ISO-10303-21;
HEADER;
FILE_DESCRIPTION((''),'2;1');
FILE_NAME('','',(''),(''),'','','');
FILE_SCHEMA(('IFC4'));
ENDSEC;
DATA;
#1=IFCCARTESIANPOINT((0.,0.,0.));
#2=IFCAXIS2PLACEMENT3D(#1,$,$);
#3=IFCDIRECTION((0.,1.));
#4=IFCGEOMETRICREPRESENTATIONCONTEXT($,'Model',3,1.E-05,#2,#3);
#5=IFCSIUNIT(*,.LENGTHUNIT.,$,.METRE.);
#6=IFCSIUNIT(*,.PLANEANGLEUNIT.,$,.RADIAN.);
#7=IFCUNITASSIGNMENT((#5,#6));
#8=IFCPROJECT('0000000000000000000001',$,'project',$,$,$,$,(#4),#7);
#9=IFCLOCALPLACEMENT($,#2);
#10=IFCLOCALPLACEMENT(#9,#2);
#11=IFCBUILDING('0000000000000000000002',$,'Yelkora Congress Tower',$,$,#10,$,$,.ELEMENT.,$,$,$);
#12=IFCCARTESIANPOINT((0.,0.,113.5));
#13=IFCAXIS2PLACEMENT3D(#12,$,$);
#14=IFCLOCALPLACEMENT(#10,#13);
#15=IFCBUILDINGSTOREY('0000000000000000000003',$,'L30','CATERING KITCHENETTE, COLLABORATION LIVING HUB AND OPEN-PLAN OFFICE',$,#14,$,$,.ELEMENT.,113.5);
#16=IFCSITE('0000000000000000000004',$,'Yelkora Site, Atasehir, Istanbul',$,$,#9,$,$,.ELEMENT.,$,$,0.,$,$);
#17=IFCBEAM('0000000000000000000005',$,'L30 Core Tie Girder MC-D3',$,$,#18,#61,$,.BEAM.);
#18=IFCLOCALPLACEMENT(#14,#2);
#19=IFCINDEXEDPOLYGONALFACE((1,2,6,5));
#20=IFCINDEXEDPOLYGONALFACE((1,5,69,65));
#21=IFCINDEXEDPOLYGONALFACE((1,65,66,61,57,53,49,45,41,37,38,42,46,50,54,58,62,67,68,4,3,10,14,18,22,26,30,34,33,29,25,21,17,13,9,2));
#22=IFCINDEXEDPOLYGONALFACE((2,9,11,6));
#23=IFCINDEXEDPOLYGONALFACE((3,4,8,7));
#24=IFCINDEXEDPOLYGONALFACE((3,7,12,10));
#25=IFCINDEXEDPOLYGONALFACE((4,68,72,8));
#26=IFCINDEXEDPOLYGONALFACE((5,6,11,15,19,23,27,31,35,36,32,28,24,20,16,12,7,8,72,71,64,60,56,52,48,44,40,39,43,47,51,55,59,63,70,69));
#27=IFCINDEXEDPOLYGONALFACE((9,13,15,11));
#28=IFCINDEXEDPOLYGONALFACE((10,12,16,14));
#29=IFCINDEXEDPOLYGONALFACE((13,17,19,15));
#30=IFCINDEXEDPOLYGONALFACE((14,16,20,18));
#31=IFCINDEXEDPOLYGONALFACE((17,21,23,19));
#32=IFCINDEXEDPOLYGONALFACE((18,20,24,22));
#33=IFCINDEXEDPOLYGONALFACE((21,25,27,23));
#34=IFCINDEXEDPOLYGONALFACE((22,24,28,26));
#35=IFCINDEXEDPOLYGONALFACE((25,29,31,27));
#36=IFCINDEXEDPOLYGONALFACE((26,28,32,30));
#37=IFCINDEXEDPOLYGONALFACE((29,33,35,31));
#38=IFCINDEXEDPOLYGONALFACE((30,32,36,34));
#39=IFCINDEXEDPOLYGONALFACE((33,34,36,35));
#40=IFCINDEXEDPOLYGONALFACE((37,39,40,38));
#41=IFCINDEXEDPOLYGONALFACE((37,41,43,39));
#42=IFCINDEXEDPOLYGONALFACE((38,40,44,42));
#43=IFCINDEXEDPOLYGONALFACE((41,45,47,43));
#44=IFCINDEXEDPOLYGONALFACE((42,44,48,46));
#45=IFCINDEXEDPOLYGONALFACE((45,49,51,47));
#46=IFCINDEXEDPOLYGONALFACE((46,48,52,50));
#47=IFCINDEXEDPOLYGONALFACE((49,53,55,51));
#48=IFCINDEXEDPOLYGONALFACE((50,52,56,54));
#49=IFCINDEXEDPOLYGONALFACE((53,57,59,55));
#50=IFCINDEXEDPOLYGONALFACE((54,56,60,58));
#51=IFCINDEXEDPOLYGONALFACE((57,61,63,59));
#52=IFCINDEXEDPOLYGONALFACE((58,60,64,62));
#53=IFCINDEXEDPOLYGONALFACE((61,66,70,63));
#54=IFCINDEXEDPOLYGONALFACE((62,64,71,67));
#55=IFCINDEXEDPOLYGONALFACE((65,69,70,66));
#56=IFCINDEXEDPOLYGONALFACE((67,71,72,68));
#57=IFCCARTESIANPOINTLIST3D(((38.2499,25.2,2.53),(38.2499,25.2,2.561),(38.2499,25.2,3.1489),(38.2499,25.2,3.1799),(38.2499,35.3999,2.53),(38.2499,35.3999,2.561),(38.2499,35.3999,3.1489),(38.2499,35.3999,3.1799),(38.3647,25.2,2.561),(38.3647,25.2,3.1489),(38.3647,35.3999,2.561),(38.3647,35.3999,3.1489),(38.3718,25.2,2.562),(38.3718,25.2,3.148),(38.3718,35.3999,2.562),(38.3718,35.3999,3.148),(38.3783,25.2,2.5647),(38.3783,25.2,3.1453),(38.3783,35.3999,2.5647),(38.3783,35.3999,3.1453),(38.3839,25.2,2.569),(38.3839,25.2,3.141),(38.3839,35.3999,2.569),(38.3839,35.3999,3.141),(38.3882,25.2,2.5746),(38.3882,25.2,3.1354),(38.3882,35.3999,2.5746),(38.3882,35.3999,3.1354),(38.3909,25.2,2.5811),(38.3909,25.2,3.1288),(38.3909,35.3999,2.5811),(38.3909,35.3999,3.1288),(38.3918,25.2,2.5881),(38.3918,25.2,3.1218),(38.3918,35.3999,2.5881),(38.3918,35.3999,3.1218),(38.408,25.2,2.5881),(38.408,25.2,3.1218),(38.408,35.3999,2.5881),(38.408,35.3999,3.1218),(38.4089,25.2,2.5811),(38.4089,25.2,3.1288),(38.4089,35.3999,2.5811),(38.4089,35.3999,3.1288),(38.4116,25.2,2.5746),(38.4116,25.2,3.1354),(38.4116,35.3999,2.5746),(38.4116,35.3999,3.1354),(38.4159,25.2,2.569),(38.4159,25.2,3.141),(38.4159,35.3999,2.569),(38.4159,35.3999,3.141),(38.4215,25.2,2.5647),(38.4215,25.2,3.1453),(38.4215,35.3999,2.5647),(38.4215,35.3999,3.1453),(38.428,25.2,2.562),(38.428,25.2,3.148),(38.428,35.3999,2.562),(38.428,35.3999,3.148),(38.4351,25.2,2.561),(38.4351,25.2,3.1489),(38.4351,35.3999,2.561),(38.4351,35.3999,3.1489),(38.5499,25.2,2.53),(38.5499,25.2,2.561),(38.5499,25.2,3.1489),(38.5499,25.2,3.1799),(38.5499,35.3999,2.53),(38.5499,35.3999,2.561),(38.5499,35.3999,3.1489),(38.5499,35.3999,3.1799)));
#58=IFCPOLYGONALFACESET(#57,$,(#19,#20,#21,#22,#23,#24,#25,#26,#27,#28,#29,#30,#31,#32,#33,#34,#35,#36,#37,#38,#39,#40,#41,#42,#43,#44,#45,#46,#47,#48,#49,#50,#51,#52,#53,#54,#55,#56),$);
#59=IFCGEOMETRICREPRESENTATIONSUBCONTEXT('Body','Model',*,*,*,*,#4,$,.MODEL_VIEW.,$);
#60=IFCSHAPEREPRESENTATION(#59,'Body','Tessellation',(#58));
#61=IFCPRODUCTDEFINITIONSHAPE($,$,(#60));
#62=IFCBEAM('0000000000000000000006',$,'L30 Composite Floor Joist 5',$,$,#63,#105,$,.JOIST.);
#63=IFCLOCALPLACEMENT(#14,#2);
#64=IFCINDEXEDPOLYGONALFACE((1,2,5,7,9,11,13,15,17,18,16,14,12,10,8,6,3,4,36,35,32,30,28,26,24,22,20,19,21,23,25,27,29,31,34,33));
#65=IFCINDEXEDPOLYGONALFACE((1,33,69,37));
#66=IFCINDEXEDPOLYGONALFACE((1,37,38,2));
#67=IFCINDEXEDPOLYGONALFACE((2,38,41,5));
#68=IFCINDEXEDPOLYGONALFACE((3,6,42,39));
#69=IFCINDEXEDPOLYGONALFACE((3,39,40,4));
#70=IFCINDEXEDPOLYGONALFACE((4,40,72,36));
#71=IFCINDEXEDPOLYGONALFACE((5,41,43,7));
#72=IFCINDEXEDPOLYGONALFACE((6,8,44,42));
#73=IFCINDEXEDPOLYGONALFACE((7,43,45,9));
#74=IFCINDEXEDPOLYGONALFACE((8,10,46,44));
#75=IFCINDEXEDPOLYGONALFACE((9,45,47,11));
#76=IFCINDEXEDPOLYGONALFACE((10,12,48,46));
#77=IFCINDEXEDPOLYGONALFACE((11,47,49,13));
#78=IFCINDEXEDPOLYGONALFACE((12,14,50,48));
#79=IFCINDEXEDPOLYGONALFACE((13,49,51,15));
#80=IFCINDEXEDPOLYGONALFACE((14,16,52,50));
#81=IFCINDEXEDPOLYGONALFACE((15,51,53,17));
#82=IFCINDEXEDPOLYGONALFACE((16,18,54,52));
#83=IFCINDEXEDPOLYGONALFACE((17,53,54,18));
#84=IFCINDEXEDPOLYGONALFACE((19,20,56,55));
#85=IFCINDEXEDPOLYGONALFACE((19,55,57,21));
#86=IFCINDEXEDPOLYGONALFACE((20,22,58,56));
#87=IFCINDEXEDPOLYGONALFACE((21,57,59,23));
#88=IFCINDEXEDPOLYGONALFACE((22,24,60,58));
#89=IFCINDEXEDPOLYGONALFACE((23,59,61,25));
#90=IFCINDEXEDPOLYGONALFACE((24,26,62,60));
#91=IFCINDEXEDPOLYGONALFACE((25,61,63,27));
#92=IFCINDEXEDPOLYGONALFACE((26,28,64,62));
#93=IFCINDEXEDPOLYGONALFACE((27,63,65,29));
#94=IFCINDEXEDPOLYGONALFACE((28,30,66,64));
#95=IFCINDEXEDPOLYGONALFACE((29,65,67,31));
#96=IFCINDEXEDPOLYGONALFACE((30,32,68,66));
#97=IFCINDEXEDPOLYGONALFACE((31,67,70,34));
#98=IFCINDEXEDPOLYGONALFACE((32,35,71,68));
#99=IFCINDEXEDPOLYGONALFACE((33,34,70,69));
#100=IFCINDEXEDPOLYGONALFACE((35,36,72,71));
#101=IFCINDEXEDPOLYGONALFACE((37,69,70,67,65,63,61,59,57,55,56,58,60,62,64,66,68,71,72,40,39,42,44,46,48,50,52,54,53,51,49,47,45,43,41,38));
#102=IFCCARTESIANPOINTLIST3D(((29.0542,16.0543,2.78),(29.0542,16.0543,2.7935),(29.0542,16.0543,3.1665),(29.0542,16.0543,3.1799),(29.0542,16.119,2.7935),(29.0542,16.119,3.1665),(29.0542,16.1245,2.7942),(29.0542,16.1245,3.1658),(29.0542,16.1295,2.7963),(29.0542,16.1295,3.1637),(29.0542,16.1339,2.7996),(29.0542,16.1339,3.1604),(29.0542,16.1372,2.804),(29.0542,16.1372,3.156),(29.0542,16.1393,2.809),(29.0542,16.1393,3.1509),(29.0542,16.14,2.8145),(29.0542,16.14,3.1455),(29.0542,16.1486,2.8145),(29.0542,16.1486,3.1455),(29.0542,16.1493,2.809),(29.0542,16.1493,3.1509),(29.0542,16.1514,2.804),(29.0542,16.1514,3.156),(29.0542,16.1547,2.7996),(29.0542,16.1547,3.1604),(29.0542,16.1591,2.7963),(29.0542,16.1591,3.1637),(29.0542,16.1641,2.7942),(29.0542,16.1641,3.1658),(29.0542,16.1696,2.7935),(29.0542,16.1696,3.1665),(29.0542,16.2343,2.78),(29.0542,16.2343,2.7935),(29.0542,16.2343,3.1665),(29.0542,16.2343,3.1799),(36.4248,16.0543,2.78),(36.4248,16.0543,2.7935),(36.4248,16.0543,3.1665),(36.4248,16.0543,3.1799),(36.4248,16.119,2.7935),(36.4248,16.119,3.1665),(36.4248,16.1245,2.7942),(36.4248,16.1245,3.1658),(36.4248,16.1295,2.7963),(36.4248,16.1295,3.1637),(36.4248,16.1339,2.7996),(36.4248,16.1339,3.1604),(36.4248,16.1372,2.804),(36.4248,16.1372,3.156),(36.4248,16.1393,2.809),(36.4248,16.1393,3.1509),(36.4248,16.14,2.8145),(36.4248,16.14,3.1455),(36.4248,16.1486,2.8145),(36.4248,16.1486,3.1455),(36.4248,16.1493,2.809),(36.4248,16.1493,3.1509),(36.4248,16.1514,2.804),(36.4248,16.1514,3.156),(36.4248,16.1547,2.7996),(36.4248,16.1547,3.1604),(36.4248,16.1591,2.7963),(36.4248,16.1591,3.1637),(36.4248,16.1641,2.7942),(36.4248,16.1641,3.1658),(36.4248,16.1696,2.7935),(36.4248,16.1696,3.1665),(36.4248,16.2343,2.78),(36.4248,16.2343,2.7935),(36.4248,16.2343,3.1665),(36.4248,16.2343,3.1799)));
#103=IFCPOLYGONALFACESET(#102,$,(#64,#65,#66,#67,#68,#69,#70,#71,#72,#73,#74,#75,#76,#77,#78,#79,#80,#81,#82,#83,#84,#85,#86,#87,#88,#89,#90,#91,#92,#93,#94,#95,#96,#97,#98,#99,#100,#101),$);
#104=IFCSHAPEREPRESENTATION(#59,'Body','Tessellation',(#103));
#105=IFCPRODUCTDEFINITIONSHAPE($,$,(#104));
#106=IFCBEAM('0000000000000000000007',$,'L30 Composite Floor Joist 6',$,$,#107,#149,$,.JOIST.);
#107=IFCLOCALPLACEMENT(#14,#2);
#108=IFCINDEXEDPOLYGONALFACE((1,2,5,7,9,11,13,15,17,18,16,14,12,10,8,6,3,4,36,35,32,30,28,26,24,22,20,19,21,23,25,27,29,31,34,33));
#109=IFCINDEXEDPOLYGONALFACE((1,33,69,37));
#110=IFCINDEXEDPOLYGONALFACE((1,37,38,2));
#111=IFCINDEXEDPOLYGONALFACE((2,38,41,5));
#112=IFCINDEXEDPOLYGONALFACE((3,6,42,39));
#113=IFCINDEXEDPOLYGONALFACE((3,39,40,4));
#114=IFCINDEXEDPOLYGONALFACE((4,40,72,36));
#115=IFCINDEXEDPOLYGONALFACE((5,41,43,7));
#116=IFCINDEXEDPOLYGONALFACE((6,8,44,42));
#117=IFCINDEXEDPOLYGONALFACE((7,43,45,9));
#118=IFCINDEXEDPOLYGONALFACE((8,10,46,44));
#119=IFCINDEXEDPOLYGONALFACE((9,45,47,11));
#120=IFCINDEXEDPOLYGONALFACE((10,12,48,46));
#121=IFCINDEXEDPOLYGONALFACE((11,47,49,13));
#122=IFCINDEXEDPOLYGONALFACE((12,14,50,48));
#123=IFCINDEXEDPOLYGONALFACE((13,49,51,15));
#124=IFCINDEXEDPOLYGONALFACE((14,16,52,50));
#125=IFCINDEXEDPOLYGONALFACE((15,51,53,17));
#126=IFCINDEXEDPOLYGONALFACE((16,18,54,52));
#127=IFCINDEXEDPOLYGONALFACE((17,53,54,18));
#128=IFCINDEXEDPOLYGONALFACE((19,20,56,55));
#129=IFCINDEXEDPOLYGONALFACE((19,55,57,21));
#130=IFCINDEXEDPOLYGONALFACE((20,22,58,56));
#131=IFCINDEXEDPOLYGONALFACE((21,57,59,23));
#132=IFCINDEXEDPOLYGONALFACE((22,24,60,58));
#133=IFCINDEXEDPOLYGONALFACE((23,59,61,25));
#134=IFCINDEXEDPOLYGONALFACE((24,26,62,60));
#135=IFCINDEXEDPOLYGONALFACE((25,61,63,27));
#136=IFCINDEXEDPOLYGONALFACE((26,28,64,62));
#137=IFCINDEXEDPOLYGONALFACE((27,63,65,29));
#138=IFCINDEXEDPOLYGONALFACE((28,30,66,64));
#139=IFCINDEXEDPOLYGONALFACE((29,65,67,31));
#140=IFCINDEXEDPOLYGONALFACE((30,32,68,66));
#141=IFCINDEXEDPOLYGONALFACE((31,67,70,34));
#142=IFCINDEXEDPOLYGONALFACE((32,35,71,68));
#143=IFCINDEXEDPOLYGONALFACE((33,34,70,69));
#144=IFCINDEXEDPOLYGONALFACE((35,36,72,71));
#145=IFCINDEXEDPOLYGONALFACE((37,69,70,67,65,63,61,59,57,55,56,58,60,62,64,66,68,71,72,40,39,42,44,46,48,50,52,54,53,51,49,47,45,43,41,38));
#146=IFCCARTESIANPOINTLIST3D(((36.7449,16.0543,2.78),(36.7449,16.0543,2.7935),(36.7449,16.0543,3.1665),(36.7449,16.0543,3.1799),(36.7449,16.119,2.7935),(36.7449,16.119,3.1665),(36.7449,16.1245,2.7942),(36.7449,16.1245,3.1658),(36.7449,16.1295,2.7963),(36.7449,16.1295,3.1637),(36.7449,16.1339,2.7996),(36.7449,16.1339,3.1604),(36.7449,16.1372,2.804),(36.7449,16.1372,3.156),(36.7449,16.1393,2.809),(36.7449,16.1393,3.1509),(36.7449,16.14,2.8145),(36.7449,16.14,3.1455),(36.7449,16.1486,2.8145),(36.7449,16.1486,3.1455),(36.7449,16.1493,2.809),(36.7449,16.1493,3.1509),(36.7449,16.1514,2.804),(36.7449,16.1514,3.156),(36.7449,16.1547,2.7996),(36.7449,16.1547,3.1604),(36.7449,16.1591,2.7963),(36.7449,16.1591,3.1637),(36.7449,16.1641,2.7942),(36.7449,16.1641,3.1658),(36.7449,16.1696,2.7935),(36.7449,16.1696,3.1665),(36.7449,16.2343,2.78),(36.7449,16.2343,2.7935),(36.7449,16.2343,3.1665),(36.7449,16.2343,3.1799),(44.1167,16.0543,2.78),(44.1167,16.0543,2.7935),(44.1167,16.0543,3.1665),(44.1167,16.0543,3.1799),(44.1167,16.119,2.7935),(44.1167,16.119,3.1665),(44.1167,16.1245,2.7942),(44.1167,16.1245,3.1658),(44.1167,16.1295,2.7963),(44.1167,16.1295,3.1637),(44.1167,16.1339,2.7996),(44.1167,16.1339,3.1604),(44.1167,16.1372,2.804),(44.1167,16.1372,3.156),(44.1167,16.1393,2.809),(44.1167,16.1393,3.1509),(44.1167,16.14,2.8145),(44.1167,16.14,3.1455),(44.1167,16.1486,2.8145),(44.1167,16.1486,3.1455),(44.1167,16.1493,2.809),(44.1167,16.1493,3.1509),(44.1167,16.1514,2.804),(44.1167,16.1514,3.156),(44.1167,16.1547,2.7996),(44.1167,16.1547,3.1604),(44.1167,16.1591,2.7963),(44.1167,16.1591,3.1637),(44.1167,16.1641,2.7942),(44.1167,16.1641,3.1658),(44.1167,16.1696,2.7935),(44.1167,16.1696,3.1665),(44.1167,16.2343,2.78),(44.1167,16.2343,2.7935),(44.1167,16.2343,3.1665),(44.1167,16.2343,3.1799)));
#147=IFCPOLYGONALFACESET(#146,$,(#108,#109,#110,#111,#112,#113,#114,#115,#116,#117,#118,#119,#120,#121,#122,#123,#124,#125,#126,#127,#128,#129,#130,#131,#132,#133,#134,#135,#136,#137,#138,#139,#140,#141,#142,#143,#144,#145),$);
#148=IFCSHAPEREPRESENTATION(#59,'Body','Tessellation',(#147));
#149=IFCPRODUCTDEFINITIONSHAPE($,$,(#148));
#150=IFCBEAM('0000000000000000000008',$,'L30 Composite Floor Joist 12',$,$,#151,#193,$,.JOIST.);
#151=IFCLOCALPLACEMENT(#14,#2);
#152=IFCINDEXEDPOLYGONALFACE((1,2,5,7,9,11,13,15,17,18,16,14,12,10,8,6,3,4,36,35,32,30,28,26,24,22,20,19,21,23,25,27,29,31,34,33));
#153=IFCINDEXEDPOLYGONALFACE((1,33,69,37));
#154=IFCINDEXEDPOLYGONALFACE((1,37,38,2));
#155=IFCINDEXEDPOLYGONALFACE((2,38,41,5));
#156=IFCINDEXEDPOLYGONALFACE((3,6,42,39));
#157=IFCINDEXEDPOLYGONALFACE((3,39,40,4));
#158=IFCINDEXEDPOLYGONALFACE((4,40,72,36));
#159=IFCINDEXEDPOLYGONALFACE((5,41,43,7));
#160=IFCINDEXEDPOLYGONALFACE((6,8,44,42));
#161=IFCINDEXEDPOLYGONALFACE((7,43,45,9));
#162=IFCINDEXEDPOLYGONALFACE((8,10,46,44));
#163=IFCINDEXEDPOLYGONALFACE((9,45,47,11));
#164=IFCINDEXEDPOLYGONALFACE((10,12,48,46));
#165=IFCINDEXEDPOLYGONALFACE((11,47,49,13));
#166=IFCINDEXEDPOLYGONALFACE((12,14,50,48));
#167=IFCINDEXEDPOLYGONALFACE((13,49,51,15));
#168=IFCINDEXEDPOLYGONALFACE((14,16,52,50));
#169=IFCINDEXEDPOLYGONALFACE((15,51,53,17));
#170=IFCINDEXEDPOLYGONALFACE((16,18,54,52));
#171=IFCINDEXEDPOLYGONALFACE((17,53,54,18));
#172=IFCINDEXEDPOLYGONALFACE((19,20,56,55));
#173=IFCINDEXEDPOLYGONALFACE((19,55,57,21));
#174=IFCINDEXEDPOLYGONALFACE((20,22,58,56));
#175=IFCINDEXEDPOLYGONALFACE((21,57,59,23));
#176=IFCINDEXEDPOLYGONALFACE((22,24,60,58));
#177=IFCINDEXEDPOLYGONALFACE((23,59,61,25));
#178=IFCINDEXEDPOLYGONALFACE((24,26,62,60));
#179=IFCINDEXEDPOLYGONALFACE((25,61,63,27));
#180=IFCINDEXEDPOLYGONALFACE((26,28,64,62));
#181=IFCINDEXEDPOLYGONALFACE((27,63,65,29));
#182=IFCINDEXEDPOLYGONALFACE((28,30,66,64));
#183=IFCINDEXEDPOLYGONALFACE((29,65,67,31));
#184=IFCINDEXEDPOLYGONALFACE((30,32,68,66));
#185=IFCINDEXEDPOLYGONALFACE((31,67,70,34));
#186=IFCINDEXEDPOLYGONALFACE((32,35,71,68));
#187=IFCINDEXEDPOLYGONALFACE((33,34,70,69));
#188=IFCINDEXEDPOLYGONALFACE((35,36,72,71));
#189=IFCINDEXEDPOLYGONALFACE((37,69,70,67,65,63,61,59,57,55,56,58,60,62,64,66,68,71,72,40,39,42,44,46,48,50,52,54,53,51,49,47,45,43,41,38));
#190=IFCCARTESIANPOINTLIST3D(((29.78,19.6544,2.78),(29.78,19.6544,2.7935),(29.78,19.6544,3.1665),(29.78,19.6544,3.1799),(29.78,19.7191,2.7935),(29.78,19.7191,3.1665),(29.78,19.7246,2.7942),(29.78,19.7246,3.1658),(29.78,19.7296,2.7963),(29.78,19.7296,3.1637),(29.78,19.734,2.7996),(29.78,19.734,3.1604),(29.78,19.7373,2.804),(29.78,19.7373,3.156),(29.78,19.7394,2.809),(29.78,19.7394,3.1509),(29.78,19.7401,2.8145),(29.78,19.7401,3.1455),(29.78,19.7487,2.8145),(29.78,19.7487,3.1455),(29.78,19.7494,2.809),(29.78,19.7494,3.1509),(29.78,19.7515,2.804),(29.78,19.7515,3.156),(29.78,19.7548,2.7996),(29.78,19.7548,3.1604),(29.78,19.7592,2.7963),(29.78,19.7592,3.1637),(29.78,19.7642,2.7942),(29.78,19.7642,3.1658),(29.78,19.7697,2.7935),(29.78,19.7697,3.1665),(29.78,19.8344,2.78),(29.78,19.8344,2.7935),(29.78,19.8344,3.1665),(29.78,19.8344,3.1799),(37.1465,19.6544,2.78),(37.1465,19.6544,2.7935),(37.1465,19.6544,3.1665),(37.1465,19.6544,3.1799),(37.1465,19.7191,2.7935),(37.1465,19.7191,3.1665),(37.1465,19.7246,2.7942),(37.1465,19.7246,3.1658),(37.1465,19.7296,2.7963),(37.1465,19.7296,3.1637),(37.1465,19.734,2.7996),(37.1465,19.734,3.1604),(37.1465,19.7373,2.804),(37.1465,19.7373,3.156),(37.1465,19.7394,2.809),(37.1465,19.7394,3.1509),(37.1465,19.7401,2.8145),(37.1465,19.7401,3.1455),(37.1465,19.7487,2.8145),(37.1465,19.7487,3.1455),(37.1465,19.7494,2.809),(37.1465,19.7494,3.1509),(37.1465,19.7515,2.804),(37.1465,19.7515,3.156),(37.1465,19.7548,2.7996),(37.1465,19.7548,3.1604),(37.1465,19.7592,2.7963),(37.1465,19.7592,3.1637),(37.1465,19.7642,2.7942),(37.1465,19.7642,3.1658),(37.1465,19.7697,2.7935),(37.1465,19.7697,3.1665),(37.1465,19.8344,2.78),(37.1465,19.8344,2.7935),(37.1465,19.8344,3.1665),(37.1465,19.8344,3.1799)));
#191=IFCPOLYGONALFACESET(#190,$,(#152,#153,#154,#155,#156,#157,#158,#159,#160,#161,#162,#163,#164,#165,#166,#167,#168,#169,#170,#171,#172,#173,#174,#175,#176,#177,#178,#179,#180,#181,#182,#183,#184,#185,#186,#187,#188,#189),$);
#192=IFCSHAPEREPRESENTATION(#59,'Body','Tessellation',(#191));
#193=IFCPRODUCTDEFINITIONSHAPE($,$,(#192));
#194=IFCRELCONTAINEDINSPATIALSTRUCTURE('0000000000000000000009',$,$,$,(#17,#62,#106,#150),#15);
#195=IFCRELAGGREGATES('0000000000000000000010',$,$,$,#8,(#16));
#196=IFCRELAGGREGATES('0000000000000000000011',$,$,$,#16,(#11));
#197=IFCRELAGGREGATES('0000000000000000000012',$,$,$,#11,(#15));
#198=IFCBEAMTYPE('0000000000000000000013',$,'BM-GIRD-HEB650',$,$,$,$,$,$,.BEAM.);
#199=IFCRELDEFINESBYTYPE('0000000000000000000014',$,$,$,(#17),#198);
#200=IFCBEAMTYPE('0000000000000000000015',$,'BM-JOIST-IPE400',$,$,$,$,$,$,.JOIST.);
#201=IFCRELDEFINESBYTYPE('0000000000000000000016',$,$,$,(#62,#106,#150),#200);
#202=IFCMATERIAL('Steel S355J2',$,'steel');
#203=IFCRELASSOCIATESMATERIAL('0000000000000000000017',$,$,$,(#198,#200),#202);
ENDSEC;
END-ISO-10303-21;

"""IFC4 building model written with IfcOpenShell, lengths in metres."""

from ifc_helpers import new_model, si_unit, direction, frame, origin, origin_2d, place, context, subcontext, project, spatial, i_section, extrude, material, material_profile, profile_set, type_object, element, save


model = new_model("IFC4")

# Units and contexts
model_context = context("Model", 3, precision=1e-05, world=origin(), true_north=direction((0.0, 1.0)))
body_context = subcontext(model_context, "Body", "Model", "MODEL_VIEW")
ifc_project = project(units=[si_unit("LENGTHUNIT", "METRE"), si_unit("PLANEANGLEUNIT", "RADIAN")], contexts=[model_context])

# Site, building, storey
site_placement = place(None, origin())
site = spatial("IfcSite", under=ifc_project, at=site_placement, Name="Yelkora Site, Atasehir, Istanbul", CompositionType="ELEMENT", RefElevation=0.0)
building_placement = place(site_placement, origin())
building = spatial("IfcBuilding", under=site, at=building_placement, Name="Yelkora Congress Tower", CompositionType="ELEMENT")
storey_placement = place(building_placement, frame((0.0, 0.0, 113.5)))
storey = spatial("IfcBuildingStorey", under=building, at=storey_placement, Name="L30", Description="CATERING KITCHENETTE, COLLABORATION LIVING HUB AND OPEN-PLAN OFFICE", CompositionType="ELEMENT", Elevation=113.5)

# Beams
ifc_material_1 = material(Name="Steel S355J2", Category="steel")
ifc_material_profile_1 = material_profile(ifc_material_1, i_section(OverallWidth=0.3, OverallDepth=0.6499, WebThickness=0.0161, FlangeThickness=0.031, FilletRadius=0.0271, at=origin_2d()), Name="HEB 650")
ifc_profile_set_1 = profile_set([ifc_material_profile_1], Name="Steel S355J2")
beam_type_1 = type_object("IfcBeamType", Name="BM-GIRD-HEB650", PredefinedType="BEAM", material=ifc_profile_set_1)
for number, where, z_axis, x_axis, name in (
    (1, (38.3999, 25.2, 2.855), (0.0, 1.0, 0.0), (-1.0, 0.0, 0.0), "L30 Core Tie Girder MC-D3"),
):
    element("IfcBeam", number, at=place(storey_placement, frame(where, z_axis=z_axis, x_axis=x_axis)), inside=storey, type_object=beam_type_1, Name=name, PredefinedType="BEAM", context=body_context, shape_type="SweptSolid", body=[
        extrude(i_section(OverallWidth=0.3, OverallDepth=0.6499, WebThickness=0.0161, FlangeThickness=0.031, FilletRadius=0.0271, at=origin_2d()), origin(), (0.0, 0.0, 1.0), 10.2),
    ])
ifc_material_profile_2 = material_profile(ifc_material_1, i_section(OverallWidth=0.1799, OverallDepth=0.3999, WebThickness=0.0085, FlangeThickness=0.0134, FilletRadius=0.021, at=origin_2d()), Name="IPE 400")
ifc_profile_set_2 = profile_set([ifc_material_profile_2], Name="Steel S355J2")
beam_type_2 = type_object("IfcBeamType", Name="BM-JOIST-IPE400", PredefinedType="JOIST", material=ifc_profile_set_2)
beam_1_placement = place(storey_placement, frame((29.0542, 16.1443, 2.98), z_axis=(1.0, 0.0, 0.0), x_axis=(0.0, 1.0, 0.0)))
element("IfcBeam", 2, at=beam_1_placement, inside=storey, type_object=beam_type_2, Name="L30 Composite Floor Joist 5", PredefinedType="JOIST", context=body_context, shape_type="SweptSolid", body=[
    extrude(i_section(OverallWidth=0.1799, OverallDepth=0.3999, WebThickness=0.0085, FlangeThickness=0.0134, FilletRadius=0.021, at=origin_2d()), origin(), (0.0, 0.0, 1.0), 7.3706),
])
beam_2_placement = place(storey_placement, frame((36.7449, 16.1443, 2.98), z_axis=(1.0, 0.0, 0.0), x_axis=(0.0, 1.0, 0.0)))
element("IfcBeam", 3, at=beam_2_placement, inside=storey, type_object=beam_type_2, Name="L30 Composite Floor Joist 6", PredefinedType="JOIST", context=body_context, shape_type="SweptSolid", body=[
    extrude(i_section(OverallWidth=0.1799, OverallDepth=0.3999, WebThickness=0.0085, FlangeThickness=0.0134, FilletRadius=0.021, at=origin_2d()), origin(), (0.0, 0.0, 1.0), 7.3718),
])
beam_3_placement = place(storey_placement, frame((29.78, 19.7444, 2.98), z_axis=(1.0, 0.0, 0.0), x_axis=(0.0, 1.0, 0.0)))
element("IfcBeam", 4, at=beam_3_placement, inside=storey, type_object=beam_type_2, Name="L30 Composite Floor Joist 12", PredefinedType="JOIST", context=body_context, shape_type="SweptSolid", body=[
    extrude(i_section(OverallWidth=0.1799, OverallDepth=0.3999, WebThickness=0.0085, FlangeThickness=0.0134, FilletRadius=0.021, at=origin_2d()), origin(), (0.0, 0.0, 1.0), 7.3665),
])

save(model, "model.ifc")
